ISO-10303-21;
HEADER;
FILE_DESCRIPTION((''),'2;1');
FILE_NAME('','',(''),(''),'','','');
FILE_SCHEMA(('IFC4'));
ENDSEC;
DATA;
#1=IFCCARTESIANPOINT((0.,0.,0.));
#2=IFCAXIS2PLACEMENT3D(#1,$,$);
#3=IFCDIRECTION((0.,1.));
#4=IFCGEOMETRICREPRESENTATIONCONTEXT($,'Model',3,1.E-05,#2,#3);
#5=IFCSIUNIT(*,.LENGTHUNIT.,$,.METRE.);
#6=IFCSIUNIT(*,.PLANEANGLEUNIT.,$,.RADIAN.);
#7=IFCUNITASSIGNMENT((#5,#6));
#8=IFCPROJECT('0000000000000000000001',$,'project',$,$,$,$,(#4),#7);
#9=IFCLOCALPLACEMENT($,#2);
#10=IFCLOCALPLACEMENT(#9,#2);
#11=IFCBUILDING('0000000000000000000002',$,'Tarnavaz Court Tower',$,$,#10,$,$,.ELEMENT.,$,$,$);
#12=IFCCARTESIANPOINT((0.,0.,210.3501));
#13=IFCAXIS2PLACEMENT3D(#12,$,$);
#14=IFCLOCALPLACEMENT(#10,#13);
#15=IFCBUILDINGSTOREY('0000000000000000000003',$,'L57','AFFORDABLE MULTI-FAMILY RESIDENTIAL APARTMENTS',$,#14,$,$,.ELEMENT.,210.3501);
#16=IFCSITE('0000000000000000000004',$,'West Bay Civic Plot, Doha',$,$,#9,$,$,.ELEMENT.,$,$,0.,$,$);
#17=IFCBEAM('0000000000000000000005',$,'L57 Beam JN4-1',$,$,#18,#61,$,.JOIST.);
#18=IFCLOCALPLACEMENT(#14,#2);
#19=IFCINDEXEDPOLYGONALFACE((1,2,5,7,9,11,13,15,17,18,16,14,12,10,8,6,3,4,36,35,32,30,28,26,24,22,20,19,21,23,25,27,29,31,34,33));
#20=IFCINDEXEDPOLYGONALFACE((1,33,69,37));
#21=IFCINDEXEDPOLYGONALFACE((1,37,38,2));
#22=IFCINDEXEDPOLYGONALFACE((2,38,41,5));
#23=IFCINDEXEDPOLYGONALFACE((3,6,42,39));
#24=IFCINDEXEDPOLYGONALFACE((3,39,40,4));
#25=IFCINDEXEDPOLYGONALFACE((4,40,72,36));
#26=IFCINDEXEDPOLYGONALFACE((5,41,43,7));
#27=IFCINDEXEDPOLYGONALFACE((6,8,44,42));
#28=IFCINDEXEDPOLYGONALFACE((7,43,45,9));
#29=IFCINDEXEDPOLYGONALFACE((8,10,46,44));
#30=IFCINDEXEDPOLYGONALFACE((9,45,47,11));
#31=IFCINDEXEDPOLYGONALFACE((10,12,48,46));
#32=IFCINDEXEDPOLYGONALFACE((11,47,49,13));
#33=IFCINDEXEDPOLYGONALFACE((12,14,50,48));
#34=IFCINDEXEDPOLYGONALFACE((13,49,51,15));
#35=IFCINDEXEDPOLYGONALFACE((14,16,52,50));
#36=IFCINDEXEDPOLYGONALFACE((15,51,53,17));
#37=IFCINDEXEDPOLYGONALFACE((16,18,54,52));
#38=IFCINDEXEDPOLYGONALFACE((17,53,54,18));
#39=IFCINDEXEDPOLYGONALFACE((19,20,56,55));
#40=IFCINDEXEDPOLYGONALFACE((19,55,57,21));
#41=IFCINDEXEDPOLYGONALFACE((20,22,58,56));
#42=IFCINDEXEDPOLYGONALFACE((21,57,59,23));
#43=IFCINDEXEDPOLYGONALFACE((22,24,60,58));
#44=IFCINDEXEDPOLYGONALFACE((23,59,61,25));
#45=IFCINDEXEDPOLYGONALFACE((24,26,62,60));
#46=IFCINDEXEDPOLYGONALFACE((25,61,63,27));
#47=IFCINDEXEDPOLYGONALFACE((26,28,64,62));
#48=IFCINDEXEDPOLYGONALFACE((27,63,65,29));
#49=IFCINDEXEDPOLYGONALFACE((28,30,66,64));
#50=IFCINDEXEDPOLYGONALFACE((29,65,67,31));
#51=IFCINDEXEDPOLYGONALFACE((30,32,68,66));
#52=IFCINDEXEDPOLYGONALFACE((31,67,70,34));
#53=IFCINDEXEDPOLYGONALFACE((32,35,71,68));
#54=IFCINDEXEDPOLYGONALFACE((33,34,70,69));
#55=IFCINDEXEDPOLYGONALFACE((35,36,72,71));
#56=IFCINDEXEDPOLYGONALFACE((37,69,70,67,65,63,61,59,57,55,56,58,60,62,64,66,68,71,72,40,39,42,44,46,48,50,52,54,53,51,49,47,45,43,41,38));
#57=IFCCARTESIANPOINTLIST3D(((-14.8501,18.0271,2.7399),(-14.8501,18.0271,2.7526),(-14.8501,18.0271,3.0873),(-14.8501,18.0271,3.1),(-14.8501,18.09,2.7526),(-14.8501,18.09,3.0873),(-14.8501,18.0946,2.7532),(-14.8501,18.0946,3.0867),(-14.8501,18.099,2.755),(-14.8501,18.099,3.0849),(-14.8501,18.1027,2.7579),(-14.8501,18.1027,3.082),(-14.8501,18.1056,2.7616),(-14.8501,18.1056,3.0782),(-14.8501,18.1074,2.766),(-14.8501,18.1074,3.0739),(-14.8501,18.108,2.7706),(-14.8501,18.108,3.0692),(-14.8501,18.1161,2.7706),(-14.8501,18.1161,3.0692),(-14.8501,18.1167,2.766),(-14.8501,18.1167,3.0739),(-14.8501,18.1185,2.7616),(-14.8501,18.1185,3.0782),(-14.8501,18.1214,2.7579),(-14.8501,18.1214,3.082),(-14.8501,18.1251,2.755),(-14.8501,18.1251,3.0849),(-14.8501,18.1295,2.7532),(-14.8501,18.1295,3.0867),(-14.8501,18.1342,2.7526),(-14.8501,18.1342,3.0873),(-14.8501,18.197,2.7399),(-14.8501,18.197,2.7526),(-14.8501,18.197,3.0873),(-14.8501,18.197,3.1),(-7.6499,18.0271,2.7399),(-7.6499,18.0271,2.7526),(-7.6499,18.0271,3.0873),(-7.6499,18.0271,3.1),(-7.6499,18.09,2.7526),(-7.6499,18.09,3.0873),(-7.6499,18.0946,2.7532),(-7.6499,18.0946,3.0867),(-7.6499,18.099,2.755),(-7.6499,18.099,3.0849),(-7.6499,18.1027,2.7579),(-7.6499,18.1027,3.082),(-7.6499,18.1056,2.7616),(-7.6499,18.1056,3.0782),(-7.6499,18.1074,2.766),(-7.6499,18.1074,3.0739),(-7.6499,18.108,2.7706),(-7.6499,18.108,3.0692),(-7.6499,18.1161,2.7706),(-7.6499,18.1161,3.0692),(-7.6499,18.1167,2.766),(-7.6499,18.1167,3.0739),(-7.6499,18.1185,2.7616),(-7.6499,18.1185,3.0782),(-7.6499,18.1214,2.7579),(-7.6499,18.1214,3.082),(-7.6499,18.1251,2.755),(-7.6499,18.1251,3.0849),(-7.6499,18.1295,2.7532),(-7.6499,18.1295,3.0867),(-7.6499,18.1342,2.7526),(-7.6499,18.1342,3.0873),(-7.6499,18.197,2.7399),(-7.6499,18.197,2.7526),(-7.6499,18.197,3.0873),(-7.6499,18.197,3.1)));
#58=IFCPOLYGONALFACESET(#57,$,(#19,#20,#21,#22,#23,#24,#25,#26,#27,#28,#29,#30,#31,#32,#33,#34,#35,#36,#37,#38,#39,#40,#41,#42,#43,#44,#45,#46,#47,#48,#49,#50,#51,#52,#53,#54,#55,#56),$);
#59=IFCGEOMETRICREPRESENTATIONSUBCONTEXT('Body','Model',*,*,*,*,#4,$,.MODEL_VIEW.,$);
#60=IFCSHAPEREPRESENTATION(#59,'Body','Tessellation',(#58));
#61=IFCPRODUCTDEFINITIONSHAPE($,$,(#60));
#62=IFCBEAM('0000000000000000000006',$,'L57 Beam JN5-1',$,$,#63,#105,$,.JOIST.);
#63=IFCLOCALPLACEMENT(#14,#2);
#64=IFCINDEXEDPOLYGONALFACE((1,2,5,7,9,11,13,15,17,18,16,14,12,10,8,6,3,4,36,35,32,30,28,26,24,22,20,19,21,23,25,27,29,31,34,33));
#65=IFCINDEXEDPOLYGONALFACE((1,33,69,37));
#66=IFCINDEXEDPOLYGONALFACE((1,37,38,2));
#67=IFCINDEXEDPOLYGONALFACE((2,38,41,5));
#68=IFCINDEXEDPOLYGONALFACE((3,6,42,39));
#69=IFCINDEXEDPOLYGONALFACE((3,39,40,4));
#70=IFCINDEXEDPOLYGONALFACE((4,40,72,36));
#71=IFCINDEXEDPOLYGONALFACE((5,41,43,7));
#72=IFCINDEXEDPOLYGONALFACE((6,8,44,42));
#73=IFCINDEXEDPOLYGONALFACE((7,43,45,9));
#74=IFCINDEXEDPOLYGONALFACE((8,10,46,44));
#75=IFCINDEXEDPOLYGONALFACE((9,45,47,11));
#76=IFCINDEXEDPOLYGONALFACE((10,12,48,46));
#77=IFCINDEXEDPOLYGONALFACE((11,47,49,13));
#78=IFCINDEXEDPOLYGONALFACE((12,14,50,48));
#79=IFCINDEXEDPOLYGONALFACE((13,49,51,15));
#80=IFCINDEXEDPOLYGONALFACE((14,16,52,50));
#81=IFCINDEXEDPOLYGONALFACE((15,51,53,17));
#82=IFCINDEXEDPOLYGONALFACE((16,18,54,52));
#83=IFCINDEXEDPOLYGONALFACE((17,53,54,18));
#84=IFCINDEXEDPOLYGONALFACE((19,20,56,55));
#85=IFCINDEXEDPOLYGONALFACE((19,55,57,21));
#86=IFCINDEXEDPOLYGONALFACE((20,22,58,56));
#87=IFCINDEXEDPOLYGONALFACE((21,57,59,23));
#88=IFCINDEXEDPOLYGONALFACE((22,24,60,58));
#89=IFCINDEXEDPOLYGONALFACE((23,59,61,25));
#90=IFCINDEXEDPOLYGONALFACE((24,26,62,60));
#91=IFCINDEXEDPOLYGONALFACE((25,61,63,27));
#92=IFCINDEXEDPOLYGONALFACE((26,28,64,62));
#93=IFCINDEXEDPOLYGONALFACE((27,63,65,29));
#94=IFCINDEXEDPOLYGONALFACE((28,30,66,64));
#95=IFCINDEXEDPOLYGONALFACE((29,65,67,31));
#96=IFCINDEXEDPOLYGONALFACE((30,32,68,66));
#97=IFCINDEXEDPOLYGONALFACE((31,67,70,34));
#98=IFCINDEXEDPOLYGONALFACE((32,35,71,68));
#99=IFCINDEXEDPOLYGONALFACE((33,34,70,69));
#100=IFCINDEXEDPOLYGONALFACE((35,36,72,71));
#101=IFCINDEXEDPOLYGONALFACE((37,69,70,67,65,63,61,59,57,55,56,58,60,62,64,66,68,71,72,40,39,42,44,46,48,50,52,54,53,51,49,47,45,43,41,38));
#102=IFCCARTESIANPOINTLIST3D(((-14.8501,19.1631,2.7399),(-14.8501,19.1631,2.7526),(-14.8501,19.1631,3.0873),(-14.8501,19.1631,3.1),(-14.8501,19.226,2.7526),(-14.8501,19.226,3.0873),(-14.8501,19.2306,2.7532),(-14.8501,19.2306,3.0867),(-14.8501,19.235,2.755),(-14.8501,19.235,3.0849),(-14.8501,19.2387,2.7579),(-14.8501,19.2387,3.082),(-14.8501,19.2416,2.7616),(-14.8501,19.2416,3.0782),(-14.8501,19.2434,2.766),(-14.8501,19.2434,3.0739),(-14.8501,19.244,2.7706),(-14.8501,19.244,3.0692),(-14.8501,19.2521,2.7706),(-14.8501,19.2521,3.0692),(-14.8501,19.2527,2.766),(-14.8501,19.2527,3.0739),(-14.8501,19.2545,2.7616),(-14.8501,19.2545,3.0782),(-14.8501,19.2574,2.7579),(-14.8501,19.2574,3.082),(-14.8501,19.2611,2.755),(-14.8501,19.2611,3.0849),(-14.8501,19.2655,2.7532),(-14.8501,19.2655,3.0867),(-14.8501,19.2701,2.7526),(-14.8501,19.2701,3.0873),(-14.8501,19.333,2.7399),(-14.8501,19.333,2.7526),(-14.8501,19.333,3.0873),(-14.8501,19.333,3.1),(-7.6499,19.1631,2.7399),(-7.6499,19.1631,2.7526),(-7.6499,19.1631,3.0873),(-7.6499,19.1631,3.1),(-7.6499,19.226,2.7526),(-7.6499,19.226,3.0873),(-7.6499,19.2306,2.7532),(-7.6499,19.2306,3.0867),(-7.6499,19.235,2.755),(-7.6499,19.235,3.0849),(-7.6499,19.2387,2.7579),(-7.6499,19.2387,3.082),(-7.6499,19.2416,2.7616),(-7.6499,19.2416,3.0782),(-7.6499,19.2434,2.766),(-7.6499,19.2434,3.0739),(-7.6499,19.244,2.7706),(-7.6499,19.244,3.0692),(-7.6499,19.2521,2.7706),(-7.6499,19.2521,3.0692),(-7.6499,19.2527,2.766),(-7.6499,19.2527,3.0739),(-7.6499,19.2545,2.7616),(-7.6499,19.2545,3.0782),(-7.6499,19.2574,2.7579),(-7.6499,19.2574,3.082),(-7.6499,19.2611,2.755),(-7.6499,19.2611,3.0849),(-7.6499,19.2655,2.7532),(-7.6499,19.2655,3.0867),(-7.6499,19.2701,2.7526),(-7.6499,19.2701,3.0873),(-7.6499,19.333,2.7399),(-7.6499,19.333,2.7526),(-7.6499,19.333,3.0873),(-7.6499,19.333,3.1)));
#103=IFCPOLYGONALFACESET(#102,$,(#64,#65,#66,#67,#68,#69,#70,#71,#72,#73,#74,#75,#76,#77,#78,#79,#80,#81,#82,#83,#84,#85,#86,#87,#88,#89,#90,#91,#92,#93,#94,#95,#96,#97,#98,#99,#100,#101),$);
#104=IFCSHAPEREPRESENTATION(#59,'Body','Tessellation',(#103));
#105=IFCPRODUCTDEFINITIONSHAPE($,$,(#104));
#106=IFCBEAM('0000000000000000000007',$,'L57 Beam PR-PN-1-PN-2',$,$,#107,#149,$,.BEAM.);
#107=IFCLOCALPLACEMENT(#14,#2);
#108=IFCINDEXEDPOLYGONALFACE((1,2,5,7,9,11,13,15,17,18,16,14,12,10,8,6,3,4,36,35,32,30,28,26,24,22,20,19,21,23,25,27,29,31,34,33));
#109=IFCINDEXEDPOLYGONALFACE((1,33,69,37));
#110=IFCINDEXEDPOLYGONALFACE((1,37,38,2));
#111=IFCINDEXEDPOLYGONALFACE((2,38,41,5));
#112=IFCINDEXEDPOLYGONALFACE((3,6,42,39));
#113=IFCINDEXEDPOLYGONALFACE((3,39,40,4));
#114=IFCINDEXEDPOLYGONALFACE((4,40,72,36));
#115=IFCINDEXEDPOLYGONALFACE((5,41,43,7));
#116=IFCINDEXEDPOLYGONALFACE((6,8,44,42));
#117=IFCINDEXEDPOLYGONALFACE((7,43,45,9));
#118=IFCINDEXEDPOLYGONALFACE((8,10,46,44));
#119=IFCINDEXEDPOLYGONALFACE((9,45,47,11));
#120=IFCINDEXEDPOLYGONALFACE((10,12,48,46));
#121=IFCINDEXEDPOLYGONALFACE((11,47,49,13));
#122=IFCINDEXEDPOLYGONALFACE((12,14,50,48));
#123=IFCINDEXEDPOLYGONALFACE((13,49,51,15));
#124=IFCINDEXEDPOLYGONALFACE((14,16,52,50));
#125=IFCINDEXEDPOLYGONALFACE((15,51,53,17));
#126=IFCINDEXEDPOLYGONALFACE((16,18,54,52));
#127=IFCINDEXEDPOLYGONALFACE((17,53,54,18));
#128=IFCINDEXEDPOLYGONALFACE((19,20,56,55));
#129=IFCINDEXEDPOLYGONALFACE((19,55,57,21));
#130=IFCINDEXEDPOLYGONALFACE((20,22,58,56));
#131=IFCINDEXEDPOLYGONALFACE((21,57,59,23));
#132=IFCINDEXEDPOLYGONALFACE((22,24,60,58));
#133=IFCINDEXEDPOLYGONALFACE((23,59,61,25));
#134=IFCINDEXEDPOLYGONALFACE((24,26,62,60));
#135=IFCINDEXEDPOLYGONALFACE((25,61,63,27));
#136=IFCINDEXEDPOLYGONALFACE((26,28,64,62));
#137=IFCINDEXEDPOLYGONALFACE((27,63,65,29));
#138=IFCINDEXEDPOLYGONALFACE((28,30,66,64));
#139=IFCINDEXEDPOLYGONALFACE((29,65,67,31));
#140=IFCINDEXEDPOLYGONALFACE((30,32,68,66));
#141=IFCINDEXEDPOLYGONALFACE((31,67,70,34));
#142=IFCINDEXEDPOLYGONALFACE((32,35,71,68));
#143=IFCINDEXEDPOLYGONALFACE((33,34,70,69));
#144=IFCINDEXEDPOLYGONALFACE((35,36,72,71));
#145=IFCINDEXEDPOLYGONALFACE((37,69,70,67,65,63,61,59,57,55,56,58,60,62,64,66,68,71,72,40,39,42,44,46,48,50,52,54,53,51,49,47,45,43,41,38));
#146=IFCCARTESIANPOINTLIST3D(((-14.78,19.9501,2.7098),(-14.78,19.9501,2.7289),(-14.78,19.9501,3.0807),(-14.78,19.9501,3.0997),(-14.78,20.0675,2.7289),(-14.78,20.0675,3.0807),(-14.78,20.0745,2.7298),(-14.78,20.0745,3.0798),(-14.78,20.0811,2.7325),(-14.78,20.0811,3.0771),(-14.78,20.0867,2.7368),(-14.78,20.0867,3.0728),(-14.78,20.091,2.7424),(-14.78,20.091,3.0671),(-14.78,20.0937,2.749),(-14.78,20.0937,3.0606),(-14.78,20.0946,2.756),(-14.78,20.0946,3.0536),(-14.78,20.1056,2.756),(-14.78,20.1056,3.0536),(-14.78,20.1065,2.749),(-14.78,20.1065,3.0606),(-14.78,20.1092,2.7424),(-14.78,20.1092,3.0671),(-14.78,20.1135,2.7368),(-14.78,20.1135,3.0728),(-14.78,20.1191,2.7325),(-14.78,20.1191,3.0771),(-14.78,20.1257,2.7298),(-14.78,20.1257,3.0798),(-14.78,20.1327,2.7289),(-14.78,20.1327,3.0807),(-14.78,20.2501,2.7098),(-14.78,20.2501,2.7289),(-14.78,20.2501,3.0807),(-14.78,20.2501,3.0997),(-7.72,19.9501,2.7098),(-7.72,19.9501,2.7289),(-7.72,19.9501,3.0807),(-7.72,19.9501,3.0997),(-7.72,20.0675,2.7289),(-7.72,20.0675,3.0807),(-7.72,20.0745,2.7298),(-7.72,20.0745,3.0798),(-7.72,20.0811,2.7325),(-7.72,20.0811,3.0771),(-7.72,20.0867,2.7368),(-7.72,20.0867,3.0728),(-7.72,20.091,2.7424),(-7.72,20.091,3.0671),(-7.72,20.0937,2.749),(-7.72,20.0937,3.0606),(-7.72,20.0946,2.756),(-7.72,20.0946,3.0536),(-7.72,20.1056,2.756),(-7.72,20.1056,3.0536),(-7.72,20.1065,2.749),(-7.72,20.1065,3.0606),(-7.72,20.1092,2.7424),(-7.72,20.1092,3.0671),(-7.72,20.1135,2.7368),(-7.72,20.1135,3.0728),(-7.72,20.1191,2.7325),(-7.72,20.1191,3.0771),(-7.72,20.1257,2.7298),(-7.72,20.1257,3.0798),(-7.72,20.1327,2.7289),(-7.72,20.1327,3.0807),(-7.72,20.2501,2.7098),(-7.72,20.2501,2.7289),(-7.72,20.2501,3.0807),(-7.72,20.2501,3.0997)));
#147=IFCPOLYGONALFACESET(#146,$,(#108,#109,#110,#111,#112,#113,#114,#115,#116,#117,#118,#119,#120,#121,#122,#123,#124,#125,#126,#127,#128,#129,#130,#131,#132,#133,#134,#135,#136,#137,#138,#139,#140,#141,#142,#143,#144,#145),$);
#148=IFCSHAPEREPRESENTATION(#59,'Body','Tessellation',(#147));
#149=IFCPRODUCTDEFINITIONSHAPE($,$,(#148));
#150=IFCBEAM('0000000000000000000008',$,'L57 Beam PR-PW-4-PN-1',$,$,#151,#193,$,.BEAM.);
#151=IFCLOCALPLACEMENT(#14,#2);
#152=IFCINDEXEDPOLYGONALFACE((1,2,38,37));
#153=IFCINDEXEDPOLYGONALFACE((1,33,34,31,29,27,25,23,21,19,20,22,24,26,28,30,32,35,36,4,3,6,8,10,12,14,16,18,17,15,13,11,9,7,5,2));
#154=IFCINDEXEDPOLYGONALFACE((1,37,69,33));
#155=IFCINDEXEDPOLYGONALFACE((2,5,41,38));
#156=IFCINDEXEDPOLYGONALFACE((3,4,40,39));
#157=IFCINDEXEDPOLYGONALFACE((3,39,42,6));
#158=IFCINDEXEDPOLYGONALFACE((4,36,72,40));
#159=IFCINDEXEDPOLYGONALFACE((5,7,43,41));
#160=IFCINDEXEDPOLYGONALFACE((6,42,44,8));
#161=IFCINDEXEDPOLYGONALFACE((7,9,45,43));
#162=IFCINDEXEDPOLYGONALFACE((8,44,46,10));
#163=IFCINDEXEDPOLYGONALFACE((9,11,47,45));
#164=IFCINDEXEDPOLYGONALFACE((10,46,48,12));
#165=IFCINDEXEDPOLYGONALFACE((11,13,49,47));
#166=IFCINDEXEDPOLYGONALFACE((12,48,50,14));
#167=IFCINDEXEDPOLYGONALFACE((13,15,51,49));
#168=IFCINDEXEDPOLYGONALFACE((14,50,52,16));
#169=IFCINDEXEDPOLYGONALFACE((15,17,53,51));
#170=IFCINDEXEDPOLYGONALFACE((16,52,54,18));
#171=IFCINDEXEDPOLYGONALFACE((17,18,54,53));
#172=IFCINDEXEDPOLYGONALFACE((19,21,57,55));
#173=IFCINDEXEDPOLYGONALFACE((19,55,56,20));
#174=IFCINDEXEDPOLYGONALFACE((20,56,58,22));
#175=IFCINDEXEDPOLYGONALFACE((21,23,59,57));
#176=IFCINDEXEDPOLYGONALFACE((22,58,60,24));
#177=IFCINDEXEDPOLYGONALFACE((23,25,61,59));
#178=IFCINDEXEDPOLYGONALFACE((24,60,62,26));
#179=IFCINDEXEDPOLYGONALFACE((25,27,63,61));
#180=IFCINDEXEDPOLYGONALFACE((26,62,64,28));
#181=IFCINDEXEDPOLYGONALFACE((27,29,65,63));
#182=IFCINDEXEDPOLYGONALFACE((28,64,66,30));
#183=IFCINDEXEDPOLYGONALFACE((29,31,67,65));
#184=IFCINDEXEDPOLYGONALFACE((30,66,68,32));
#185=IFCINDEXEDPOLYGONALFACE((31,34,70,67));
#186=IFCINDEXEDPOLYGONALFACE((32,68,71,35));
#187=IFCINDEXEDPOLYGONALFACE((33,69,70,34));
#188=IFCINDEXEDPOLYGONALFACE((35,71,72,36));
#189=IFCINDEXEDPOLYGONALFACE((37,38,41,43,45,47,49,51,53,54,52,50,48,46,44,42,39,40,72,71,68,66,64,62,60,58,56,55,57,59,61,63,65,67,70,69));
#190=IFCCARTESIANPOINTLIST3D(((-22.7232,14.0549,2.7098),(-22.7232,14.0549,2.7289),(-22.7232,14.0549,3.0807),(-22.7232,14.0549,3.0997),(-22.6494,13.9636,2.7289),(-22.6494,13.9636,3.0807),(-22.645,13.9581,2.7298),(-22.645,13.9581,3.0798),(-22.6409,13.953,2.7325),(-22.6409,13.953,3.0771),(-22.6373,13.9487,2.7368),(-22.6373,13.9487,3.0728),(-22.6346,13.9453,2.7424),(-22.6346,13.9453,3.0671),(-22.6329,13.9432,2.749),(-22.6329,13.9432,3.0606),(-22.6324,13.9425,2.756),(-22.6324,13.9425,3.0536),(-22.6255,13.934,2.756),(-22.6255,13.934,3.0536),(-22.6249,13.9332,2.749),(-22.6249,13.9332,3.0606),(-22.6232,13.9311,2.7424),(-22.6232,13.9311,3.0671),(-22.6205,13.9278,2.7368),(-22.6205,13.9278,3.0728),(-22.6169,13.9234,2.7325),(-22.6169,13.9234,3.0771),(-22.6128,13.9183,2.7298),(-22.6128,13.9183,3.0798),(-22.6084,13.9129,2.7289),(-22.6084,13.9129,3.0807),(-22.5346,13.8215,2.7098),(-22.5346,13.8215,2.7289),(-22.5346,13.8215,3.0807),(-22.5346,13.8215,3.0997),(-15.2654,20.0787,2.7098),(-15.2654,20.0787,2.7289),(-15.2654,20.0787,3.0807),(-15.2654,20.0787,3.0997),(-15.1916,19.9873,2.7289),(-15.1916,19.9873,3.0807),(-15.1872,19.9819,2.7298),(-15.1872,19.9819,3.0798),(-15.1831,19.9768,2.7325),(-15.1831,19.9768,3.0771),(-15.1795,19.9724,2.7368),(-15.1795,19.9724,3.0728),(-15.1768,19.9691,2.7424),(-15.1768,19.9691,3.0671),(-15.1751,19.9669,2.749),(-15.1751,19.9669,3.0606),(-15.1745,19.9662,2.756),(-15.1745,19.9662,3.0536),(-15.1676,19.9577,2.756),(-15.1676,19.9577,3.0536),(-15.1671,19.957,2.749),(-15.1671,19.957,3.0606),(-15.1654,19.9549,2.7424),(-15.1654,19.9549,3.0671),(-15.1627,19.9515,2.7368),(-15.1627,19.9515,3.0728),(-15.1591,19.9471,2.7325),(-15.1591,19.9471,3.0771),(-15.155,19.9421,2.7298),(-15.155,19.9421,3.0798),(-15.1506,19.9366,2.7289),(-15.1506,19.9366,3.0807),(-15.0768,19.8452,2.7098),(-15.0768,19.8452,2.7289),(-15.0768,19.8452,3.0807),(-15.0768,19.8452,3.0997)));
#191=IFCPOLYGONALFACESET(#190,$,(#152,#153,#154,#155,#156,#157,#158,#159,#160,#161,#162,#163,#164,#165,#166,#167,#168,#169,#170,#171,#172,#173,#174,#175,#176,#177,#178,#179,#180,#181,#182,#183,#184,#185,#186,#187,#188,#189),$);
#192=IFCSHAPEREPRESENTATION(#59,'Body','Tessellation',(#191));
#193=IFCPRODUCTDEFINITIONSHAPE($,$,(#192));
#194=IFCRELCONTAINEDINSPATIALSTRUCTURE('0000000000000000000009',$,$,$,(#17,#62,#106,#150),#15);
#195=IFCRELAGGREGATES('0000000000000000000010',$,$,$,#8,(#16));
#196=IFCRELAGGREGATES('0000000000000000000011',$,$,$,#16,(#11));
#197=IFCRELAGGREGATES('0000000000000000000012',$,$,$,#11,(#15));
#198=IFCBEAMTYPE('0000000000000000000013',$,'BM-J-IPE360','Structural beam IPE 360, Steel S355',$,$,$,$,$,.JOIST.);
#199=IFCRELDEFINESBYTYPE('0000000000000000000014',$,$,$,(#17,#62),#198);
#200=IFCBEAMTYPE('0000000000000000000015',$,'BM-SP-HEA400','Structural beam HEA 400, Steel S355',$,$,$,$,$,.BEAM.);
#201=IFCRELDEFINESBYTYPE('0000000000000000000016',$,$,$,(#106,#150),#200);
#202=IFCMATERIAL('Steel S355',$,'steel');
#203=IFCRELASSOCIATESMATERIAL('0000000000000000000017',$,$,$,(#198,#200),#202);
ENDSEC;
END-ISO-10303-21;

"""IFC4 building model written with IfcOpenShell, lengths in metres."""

from ifc_helpers import new_model, si_unit, direction, frame, origin, origin_2d, place, context, subcontext, project, spatial, i_section, extrude, material, material_profile, profile_set, type_object, element, save


model = new_model("IFC4")

# Units and contexts
model_context = context("Model", 3, precision=1e-05, world=origin(), true_north=direction((0.0, 1.0)))
body_context = subcontext(model_context, "Body", "Model", "MODEL_VIEW")
ifc_project = project(units=[si_unit("LENGTHUNIT", "METRE"), si_unit("PLANEANGLEUNIT", "RADIAN")], contexts=[model_context])

# Site, building, storey
site_placement = place(None, origin())
site = spatial("IfcSite", under=ifc_project, at=site_placement, Name="West Bay Civic Plot, Doha", CompositionType="ELEMENT", RefElevation=0.0)
building_placement = place(site_placement, origin())
building = spatial("IfcBuilding", under=site, at=building_placement, Name="Tarnavaz Court Tower", CompositionType="ELEMENT")
storey_placement = place(building_placement, frame((0.0, 0.0, 210.3501)))
storey = spatial("IfcBuildingStorey", under=building, at=storey_placement, Name="L57", Description="AFFORDABLE MULTI-FAMILY RESIDENTIAL APARTMENTS", CompositionType="ELEMENT", Elevation=210.3501)

# Beams
ifc_material_1 = material(Name="Steel S355", Category="steel")
ifc_material_profile_1 = material_profile(ifc_material_1, i_section(OverallWidth=0.1699, OverallDepth=0.3601, WebThickness=0.0081, FlangeThickness=0.0127, FilletRadius=0.0181, at=origin_2d()), Name="IPE 360")
ifc_profile_set_1 = profile_set([ifc_material_profile_1], Name="Steel S355")
beam_type_1 = type_object("IfcBeamType", Name="BM-J-IPE360", Description="Structural beam IPE 360, Steel S355", PredefinedType="JOIST", material=ifc_profile_set_1)
for number, where, z_axis, x_axis, name in (
    (1, (-14.8501, 18.1121, 2.9199), (1.0, 0.0, 0.0), (0.0, 1.0, 0.0), "L57 Beam JN4-1"),
    (2, (-14.8501, 19.248, 2.9199), (1.0, 0.0, 0.0), (0.0, 1.0, 0.0), "L57 Beam JN5-1"),
):
    element("IfcBeam", number, at=place(storey_placement, frame(where, z_axis=z_axis, x_axis=x_axis)), inside=storey, type_object=beam_type_1, Name=name, PredefinedType="JOIST", context=body_context, shape_type="SweptSolid", body=[
        extrude(i_section(OverallWidth=0.1699, OverallDepth=0.3601, WebThickness=0.0081, FlangeThickness=0.0127, FilletRadius=0.0181, at=origin_2d()), origin(), (0.0, 0.0, 1.0), 7.2002),
    ])
ifc_material_profile_2 = material_profile(ifc_material_1, i_section(OverallWidth=0.3, OverallDepth=0.3899, WebThickness=0.011, FlangeThickness=0.019, FilletRadius=0.0271, at=origin_2d()), Name="HEA 400")
ifc_profile_set_2 = profile_set([ifc_material_profile_2], Name="Steel S355")
beam_type_2 = type_object("IfcBeamType", Name="BM-SP-HEA400", Description="Structural beam HEA 400, Steel S355", PredefinedType="BEAM", material=ifc_profile_set_2)
beam_1_placement = place(storey_placement, frame((-14.78, 20.1001, 2.9048), z_axis=(1.0, 0.0, 0.0), x_axis=(0.0, 1.0, 0.0)))
element("IfcBeam", 3, at=beam_1_placement, inside=storey, type_object=beam_type_2, Name="L57 Beam PR-PN-1-PN-2", PredefinedType="BEAM", context=body_context, shape_type="SweptSolid", body=[
    extrude(i_section(OverallWidth=0.3, OverallDepth=0.3899, WebThickness=0.011, FlangeThickness=0.019, FilletRadius=0.0271, at=origin_2d()), origin(), (0.0, 0.0, 1.0), 7.0601),
])
beam_2_placement = place(storey_placement, frame((-22.6289, 13.9382, 2.9048), z_axis=(0.777936, 0.628344, 0.0), x_axis=(-0.628344, 0.777936, 0.0)))
element("IfcBeam", 4, at=beam_2_placement, inside=storey, type_object=beam_type_2, Name="L57 Beam PR-PW-4-PN-1", PredefinedType="BEAM", context=body_context, shape_type="SweptSolid", body=[
    extrude(i_section(OverallWidth=0.3, OverallDepth=0.3899, WebThickness=0.011, FlangeThickness=0.019, FilletRadius=0.0271, at=origin_2d()), origin(), (0.0, 0.0, 1.0), 9.5867),
])

save(model, "model.ifc")
